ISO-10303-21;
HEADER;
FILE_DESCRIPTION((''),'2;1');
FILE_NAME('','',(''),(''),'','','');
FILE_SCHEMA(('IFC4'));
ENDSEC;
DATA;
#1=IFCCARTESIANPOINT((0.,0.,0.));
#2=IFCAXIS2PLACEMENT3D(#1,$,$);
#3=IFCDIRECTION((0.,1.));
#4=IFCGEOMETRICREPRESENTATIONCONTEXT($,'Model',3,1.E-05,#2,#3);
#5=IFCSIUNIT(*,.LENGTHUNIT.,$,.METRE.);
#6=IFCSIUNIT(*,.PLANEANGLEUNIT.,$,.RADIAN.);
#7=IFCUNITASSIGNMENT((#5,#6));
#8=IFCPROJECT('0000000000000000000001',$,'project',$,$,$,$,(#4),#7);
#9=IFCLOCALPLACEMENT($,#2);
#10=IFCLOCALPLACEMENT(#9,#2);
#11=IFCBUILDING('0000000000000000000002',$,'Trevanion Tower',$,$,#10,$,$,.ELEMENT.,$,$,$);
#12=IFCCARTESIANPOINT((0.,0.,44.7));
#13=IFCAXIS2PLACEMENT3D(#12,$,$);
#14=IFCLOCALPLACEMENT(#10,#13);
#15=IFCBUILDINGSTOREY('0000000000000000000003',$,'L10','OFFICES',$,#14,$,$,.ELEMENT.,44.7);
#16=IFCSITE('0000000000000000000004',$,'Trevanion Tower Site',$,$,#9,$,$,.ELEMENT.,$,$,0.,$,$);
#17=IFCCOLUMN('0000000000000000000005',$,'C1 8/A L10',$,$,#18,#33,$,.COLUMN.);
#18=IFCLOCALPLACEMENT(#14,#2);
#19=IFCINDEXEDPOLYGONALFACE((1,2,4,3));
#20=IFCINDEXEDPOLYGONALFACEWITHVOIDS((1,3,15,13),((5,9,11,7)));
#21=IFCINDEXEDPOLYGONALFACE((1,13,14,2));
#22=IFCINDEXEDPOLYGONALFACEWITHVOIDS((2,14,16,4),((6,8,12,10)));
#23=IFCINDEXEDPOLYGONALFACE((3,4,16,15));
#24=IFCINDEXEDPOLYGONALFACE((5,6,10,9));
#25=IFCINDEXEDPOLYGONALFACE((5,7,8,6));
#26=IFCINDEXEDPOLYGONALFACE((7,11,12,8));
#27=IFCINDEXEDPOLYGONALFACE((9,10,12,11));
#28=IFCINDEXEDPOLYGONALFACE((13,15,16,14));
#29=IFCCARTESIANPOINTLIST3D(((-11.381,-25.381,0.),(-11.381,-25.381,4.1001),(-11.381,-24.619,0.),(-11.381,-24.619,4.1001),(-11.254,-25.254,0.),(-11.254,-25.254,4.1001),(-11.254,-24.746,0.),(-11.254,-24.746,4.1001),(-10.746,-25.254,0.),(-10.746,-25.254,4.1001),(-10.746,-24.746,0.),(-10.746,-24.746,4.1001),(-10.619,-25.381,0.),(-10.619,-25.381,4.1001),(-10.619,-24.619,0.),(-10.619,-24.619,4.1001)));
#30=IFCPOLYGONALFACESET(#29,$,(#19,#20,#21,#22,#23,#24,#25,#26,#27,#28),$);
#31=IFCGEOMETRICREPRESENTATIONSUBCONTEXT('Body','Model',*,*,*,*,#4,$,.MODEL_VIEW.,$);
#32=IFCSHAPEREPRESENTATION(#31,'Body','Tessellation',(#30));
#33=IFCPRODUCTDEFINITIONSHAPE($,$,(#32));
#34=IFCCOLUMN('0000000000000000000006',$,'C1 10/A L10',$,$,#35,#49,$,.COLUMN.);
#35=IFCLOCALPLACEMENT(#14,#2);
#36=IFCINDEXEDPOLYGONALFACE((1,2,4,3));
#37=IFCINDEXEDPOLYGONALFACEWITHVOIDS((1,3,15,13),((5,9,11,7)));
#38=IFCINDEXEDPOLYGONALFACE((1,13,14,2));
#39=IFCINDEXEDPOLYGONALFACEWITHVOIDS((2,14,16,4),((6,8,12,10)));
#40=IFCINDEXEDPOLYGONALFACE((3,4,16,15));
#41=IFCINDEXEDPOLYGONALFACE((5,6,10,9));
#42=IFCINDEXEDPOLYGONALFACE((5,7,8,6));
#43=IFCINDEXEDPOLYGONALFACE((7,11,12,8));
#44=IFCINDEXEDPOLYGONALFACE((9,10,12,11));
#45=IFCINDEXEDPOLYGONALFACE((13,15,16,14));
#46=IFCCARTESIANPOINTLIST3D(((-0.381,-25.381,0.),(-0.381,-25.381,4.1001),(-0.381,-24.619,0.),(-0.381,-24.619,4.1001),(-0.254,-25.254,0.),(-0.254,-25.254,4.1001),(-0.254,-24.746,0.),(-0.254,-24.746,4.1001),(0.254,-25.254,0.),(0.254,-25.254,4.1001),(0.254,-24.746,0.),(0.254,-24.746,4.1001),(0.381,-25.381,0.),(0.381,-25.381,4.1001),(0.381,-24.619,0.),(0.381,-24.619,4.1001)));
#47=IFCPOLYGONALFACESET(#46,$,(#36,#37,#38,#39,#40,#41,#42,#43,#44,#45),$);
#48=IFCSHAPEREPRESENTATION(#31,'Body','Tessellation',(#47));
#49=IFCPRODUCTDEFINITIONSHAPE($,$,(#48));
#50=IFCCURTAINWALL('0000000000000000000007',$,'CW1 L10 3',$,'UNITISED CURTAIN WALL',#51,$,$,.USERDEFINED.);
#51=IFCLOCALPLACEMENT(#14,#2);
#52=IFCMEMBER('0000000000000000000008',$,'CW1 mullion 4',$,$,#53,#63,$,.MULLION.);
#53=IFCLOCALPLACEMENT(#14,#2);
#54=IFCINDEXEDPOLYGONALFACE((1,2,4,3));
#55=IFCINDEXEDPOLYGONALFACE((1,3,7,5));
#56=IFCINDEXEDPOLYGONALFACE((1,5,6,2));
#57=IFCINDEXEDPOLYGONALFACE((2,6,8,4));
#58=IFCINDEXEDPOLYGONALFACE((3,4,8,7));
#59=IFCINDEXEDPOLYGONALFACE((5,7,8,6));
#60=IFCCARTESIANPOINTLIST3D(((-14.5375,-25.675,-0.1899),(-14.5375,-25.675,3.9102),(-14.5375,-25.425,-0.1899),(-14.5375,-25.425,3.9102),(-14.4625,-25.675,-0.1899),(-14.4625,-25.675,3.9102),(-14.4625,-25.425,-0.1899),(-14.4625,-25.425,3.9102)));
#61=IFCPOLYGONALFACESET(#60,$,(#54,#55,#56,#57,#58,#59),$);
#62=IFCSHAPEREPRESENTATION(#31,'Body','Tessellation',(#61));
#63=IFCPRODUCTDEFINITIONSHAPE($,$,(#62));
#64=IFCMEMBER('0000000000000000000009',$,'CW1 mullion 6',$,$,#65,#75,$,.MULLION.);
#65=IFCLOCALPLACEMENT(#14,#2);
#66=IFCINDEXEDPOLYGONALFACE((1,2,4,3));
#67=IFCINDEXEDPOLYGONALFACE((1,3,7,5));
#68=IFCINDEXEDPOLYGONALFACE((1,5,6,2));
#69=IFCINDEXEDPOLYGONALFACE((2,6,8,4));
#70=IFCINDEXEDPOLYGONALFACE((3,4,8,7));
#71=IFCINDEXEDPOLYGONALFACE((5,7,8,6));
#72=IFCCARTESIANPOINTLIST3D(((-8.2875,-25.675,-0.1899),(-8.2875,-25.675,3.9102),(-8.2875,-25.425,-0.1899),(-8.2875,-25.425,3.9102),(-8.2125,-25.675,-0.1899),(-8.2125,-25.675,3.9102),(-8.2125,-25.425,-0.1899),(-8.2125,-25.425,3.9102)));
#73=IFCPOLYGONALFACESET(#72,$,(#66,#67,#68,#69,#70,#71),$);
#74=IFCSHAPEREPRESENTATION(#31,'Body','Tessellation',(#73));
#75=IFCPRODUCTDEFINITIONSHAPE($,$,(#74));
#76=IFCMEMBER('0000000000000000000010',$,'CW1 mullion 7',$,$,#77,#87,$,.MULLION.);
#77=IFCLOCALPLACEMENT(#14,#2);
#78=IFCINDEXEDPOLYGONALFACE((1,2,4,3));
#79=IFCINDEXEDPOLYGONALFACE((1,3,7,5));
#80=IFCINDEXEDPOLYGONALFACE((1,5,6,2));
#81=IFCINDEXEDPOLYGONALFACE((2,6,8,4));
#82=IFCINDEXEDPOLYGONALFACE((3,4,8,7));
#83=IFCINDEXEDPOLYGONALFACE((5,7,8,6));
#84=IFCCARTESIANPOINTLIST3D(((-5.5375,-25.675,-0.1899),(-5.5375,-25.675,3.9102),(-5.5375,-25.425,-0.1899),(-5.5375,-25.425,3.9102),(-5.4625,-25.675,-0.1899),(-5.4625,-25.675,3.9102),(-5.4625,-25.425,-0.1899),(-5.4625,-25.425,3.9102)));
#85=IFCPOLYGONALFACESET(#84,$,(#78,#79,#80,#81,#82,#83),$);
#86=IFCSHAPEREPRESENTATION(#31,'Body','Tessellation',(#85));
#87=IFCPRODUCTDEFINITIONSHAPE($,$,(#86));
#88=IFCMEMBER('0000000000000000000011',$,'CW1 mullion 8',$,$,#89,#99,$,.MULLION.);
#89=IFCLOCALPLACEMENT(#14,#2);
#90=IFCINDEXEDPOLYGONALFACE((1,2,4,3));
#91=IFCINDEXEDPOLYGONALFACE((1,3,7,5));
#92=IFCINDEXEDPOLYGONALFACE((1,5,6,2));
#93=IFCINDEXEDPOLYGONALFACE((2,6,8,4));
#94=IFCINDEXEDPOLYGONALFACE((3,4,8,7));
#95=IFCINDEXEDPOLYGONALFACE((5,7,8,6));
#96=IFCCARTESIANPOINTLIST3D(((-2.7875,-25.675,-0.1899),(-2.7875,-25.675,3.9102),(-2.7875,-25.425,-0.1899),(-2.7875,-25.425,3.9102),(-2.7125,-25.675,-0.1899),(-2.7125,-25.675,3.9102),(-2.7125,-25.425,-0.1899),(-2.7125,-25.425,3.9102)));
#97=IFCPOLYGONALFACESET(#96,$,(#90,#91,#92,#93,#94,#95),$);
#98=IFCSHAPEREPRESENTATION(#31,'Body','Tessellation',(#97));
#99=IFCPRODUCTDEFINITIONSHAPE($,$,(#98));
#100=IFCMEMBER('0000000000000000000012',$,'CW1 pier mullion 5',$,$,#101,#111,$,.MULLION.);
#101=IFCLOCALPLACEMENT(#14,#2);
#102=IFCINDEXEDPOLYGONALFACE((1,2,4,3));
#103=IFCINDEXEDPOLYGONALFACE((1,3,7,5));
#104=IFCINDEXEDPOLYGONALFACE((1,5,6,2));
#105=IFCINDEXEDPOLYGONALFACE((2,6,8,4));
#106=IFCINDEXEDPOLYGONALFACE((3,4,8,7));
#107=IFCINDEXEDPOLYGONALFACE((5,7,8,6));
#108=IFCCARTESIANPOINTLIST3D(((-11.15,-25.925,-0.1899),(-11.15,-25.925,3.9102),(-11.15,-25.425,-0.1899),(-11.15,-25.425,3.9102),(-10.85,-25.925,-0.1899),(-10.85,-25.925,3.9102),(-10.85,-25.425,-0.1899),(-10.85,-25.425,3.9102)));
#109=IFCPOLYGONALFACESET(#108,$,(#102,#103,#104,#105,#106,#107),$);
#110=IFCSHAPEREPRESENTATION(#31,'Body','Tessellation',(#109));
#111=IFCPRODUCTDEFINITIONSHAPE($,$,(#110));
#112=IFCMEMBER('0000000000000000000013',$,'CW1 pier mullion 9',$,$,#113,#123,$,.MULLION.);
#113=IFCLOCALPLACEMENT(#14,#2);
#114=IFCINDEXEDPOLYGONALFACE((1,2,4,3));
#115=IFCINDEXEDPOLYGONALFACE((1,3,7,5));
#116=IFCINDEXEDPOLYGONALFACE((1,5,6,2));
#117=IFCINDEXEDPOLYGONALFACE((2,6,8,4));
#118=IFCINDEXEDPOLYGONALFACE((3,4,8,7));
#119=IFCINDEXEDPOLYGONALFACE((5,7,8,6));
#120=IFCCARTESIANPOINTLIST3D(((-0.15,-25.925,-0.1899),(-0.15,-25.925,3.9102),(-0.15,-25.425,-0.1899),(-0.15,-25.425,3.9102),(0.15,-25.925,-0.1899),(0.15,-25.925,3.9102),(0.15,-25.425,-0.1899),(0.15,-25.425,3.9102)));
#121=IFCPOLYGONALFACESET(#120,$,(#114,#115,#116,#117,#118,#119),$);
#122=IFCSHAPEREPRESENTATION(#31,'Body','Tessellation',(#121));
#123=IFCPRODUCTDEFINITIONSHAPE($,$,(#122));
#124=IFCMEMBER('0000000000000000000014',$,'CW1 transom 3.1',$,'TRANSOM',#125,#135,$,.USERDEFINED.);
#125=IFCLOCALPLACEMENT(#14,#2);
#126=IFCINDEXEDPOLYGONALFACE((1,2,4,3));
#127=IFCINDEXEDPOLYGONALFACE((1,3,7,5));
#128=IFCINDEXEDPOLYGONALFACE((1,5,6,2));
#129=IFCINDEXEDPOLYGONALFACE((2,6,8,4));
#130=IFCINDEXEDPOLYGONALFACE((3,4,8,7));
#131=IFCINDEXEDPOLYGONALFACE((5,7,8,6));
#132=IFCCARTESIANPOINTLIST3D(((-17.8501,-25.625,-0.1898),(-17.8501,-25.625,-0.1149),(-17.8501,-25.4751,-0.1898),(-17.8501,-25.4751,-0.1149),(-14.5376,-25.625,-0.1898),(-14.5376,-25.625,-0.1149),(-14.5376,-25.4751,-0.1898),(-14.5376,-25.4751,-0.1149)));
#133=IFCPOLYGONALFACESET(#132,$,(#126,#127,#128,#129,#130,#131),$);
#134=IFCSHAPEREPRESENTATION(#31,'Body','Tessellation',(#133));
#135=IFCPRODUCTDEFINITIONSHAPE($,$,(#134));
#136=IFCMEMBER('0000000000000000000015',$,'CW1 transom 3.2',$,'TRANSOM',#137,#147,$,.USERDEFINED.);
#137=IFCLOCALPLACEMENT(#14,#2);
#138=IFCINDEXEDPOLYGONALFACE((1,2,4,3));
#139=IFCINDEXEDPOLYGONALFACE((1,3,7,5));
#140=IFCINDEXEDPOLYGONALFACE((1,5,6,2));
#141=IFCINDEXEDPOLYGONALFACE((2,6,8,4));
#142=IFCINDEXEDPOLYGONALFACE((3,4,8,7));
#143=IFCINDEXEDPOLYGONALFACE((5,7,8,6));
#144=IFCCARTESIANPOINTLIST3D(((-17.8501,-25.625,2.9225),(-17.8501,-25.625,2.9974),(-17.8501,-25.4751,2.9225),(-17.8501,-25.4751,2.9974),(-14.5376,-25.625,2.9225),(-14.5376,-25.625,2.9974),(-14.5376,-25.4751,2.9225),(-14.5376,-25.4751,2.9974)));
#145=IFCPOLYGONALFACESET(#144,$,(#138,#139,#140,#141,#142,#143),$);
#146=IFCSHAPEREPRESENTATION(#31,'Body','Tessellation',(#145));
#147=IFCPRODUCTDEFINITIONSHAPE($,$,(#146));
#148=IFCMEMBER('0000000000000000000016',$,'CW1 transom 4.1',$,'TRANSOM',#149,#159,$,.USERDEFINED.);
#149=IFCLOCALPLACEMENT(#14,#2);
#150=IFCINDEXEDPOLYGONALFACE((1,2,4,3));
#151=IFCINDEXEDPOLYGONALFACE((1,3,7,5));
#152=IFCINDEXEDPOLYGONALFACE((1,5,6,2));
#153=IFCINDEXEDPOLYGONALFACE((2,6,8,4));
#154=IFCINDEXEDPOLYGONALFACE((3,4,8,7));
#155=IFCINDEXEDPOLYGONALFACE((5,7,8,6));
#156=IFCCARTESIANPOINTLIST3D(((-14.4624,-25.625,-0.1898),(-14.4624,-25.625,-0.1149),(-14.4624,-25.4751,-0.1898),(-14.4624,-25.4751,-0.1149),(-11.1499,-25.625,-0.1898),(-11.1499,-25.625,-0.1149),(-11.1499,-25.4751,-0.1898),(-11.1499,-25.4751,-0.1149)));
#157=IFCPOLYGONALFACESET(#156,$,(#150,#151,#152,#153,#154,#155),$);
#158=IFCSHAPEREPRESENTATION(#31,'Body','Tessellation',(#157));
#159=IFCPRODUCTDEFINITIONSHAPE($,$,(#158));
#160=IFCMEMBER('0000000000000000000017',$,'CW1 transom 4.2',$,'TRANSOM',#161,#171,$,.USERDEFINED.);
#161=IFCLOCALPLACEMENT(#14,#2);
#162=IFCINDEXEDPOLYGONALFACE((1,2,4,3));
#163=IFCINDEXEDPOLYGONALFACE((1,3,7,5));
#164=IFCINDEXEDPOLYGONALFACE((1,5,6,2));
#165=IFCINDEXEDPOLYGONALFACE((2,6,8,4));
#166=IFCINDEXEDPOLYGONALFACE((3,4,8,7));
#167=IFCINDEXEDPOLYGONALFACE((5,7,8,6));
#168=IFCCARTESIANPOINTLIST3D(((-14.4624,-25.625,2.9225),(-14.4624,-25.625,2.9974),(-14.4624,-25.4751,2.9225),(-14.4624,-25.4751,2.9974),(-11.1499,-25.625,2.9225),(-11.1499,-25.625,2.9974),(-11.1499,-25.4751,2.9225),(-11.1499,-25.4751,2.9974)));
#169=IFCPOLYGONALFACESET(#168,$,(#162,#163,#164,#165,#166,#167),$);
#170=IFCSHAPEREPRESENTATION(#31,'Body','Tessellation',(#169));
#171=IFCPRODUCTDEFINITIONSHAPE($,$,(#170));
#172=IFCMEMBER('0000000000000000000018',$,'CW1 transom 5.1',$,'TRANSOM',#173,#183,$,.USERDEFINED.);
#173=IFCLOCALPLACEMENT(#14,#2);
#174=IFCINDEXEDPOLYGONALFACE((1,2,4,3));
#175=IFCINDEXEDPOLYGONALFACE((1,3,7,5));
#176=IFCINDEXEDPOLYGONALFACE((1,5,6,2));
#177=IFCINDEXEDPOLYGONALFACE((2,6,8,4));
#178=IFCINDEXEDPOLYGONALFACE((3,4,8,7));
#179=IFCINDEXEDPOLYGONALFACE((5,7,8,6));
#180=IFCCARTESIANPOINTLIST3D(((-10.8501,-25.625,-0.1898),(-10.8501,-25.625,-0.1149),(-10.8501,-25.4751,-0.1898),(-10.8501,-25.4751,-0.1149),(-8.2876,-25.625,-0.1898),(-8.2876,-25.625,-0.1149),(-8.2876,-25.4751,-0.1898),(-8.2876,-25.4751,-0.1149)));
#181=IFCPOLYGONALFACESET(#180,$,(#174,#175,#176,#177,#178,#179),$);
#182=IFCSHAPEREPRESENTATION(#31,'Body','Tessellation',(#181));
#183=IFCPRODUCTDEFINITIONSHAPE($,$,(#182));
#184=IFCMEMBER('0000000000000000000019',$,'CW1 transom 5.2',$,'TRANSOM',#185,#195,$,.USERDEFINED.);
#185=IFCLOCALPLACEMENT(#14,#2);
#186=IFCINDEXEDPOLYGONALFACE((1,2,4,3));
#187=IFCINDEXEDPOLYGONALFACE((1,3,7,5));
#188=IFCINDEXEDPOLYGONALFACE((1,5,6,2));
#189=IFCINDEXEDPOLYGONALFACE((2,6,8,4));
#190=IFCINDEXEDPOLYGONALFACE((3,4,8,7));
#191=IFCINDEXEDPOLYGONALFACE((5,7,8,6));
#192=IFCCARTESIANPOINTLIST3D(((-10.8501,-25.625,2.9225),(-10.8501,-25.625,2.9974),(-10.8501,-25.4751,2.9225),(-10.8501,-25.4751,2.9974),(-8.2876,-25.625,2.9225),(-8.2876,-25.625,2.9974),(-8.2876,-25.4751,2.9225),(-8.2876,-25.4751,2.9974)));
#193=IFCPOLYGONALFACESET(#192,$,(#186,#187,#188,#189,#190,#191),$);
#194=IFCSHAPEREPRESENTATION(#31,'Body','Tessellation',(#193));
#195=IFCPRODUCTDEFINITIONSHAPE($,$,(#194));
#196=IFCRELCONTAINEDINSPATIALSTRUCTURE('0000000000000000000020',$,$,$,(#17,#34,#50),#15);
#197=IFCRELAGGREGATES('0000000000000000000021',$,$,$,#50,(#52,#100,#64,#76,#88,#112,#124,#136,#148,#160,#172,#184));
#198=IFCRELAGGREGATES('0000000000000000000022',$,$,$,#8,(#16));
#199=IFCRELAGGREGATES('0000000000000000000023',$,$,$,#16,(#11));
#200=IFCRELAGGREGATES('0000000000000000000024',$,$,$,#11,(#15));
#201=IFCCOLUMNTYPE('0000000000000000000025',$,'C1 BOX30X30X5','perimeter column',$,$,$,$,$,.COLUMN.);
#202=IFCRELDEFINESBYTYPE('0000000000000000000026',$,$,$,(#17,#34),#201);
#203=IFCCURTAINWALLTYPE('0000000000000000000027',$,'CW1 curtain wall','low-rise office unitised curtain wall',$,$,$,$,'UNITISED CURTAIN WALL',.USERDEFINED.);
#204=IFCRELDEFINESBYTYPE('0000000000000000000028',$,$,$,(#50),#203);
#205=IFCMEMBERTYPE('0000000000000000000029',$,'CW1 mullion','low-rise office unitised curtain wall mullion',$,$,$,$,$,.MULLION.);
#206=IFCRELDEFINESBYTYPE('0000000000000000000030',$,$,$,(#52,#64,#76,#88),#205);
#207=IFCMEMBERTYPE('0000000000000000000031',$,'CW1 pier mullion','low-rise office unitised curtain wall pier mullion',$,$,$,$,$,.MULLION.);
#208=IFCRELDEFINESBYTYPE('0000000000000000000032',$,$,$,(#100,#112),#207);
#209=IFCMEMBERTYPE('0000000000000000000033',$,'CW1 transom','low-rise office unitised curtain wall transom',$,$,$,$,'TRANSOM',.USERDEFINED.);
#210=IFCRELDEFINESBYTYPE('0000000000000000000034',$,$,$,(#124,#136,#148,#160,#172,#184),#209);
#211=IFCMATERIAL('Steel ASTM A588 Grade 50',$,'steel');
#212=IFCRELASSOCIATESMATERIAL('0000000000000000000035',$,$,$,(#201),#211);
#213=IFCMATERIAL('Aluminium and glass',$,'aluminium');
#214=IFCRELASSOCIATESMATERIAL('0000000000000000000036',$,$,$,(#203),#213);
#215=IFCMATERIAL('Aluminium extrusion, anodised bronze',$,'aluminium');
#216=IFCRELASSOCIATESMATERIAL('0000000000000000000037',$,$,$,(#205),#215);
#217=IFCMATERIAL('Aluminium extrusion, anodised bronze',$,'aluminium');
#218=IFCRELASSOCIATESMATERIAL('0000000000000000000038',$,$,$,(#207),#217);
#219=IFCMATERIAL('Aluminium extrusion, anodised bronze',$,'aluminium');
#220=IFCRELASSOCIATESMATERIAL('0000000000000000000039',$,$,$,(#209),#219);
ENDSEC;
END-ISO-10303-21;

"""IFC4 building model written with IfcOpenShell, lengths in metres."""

from ifc_helpers import new_model, si_unit, direction, frame, origin, origin_2d, place, context, subcontext, project, spatial, rectangle, hollow_rectangle, extrude, material, material_profile, profile_set, type_object, element, aggregate, save


model = new_model("IFC4")

# Units and contexts
model_context = context("Model", 3, precision=1e-05, world=origin(), true_north=direction((0.0, 1.0)))
body_context = subcontext(model_context, "Body", "Model", "MODEL_VIEW")
ifc_project = project(units=[si_unit("LENGTHUNIT", "METRE"), si_unit("PLANEANGLEUNIT", "RADIAN")], contexts=[model_context])

# Site, building, storey
site_placement = place(None, origin())
site = spatial("IfcSite", under=ifc_project, at=site_placement, Name="Trevanion Tower Site", CompositionType="ELEMENT", RefElevation=0.0)
building_placement = place(site_placement, origin())
building = spatial("IfcBuilding", under=site, at=building_placement, Name="Trevanion Tower", CompositionType="ELEMENT")
storey_placement = place(building_placement, frame((0.0, 0.0, 44.7)))
storey = spatial("IfcBuildingStorey", under=building, at=storey_placement, Name="L10", Description="OFFICES", CompositionType="ELEMENT", Elevation=44.7)

# Columns
ifc_material_1 = material(Name="Steel ASTM A588 Grade 50", Category="steel")
ifc_material_profile_1 = material_profile(ifc_material_1, hollow_rectangle(XDim=0.762, YDim=0.762, WallThickness=0.127, at=origin_2d()), Name="BOX30X30X5")
ifc_profile_set_1 = profile_set([ifc_material_profile_1], Name="Steel ASTM A588 Grade 50")
column_type = type_object("IfcColumnType", Name="C1 BOX30X30X5", Description="perimeter column", PredefinedType="COLUMN", material=ifc_profile_set_1)
for number, where, z_axis, x_axis, name in (
    (1, (-11.0, -25.0, 0.0), (0.0, 0.0, 1.0), (1.0, 0.0, 0.0), "C1 8/A L10"),
    (2, (0.0, -25.0, 0.0), (0.0, 0.0, 1.0), (1.0, 0.0, 0.0), "C1 10/A L10"),
):
    element("IfcColumn", number, at=place(storey_placement, frame(where, z_axis=z_axis, x_axis=x_axis)), inside=storey, type_object=column_type, Name=name, PredefinedType="COLUMN", context=body_context, shape_type="SweptSolid", body=[
        extrude(hollow_rectangle(XDim=0.762, YDim=0.762, WallThickness=0.127, at=origin_2d()), origin(), (0.0, 0.0, 1.0), 4.1001),
    ])

# Curtain wall, members
ifc_material_2 = material(Name="Aluminium and glass", Category="aluminium")
curtain_wall_type = type_object("IfcCurtainWallType", Name="CW1 curtain wall", Description="low-rise office unitised curtain wall", ElementType="UNITISED CURTAIN WALL", PredefinedType="USERDEFINED", material=ifc_material_2)
curtain_wall_placement = place(storey_placement, origin())
curtain_wall = element("IfcCurtainWall", 3, at=curtain_wall_placement, inside=storey, type_object=curtain_wall_type, Name="CW1 L10 3", ObjectType="UNITISED CURTAIN WALL", PredefinedType="USERDEFINED")
ifc_material_3 = material(Name="Aluminium extrusion, anodised bronze", Category="aluminium")
ifc_material_profile_2 = material_profile(ifc_material_3, rectangle(XDim=0.075, YDim=0.25, at=origin_2d()), Name="CW1 mullion")
ifc_profile_set_2 = profile_set([ifc_material_profile_2], Name="Aluminium extrusion, anodised bronze")
member_type_1 = type_object("IfcMemberType", Name="CW1 mullion", Description="low-rise office unitised curtain wall mullion", PredefinedType="MULLION", material=ifc_profile_set_2)
member_1_placement = place(storey_placement, frame((-14.5, -25.55, -0.1899), z_axis=(0.0, 0.0, 1.0), x_axis=(1.0, 0.0, 0.0)))
member_1 = element("IfcMember", 4, at=member_1_placement, type_object=member_type_1, Name="CW1 mullion 4", PredefinedType="MULLION", context=body_context, shape_type="SweptSolid", body=[
    extrude(rectangle(XDim=0.075, YDim=0.25, at=origin_2d()), origin(), (0.0, 0.0, 1.0), 4.1001),
])
member_2_placement = place(storey_placement, frame((-8.25, -25.55, -0.1899), z_axis=(0.0, 0.0, 1.0), x_axis=(1.0, 0.0, 0.0)))
member_2 = element("IfcMember", 5, at=member_2_placement, type_object=member_type_1, Name="CW1 mullion 6", PredefinedType="MULLION", context=body_context, shape_type="SweptSolid", body=[
    extrude(rectangle(XDim=0.075, YDim=0.25, at=origin_2d()), origin(), (0.0, 0.0, 1.0), 4.1001),
])
member_3_placement = place(storey_placement, frame((-5.5, -25.55, -0.1899), z_axis=(0.0, 0.0, 1.0), x_axis=(1.0, 0.0, 0.0)))
member_3 = element("IfcMember", 6, at=member_3_placement, type_object=member_type_1, Name="CW1 mullion 7", PredefinedType="MULLION", context=body_context, shape_type="SweptSolid", body=[
    extrude(rectangle(XDim=0.075, YDim=0.25, at=origin_2d()), origin(), (0.0, 0.0, 1.0), 4.1001),
])
member_4_placement = place(storey_placement, frame((-2.75, -25.55, -0.1899), z_axis=(0.0, 0.0, 1.0), x_axis=(1.0, 0.0, 0.0)))
member_4 = element("IfcMember", 7, at=member_4_placement, type_object=member_type_1, Name="CW1 mullion 8", PredefinedType="MULLION", context=body_context, shape_type="SweptSolid", body=[
    extrude(rectangle(XDim=0.075, YDim=0.25, at=origin_2d()), origin(), (0.0, 0.0, 1.0), 4.1001),
])
ifc_material_4 = material(Name="Aluminium extrusion, anodised bronze", Category="aluminium")
ifc_material_profile_3 = material_profile(ifc_material_4, rectangle(XDim=0.3, YDim=0.5, at=origin_2d()), Name="CW1 pier mullion")
ifc_profile_set_3 = profile_set([ifc_material_profile_3], Name="Aluminium extrusion, anodised bronze")
member_type_2 = type_object("IfcMemberType", Name="CW1 pier mullion", Description="low-rise office unitised curtain wall pier mullion", PredefinedType="MULLION", material=ifc_profile_set_3)
member_5_placement = place(storey_placement, frame((-11.0, -25.675, -0.1899), z_axis=(0.0, 0.0, 1.0), x_axis=(1.0, 0.0, 0.0)))
member_5 = element("IfcMember", 8, at=member_5_placement, type_object=member_type_2, Name="CW1 pier mullion 5", PredefinedType="MULLION", context=body_context, shape_type="SweptSolid", body=[
    extrude(rectangle(XDim=0.3, YDim=0.5, at=origin_2d()), origin(), (0.0, 0.0, 1.0), 4.1001),
])
member_6_placement = place(storey_placement, frame((0.0, -25.675, -0.1899), z_axis=(0.0, 0.0, 1.0), x_axis=(1.0, 0.0, 0.0)))
member_6 = element("IfcMember", 9, at=member_6_placement, type_object=member_type_2, Name="CW1 pier mullion 9", PredefinedType="MULLION", context=body_context, shape_type="SweptSolid", body=[
    extrude(rectangle(XDim=0.3, YDim=0.5, at=origin_2d()), origin(), (0.0, 0.0, 1.0), 4.1001),
])
ifc_material_5 = material(Name="Aluminium extrusion, anodised bronze", Category="aluminium")
ifc_material_profile_4 = material_profile(ifc_material_5, rectangle(XDim=0.1499, YDim=0.075, at=origin_2d()), Name="CW1 transom")
ifc_profile_set_4 = profile_set([ifc_material_profile_4], Name="Aluminium extrusion, anodised bronze")
member_type_3 = type_object("IfcMemberType", Name="CW1 transom", Description="low-rise office unitised curtain wall transom", ElementType="TRANSOM", PredefinedType="USERDEFINED", material=ifc_profile_set_4)
member_7_placement = place(storey_placement, frame((-17.8501, -25.55, -0.1523), z_axis=(1.0, 0.0, 0.0), x_axis=(0.0, 1.0, 0.0)))
member_7 = element("IfcMember", 10, at=member_7_placement, type_object=member_type_3, Name="CW1 transom 3.1", ObjectType="TRANSOM", PredefinedType="USERDEFINED", context=body_context, shape_type="SweptSolid", body=[
    extrude(rectangle(XDim=0.1499, YDim=0.075, at=origin_2d()), origin(), (0.0, 0.0, 1.0), 3.3125),
])
member_8_placement = place(storey_placement, frame((-17.8501, -25.55, 2.96), z_axis=(1.0, 0.0, 0.0), x_axis=(0.0, 1.0, 0.0)))
member_8 = element("IfcMember", 11, at=member_8_placement, type_object=member_type_3, Name="CW1 transom 3.2", ObjectType="TRANSOM", PredefinedType="USERDEFINED", context=body_context, shape_type="SweptSolid", body=[
    extrude(rectangle(XDim=0.1499, YDim=0.075, at=origin_2d()), origin(), (0.0, 0.0, 1.0), 3.3125),
])
member_9_placement = place(storey_placement, frame((-14.4624, -25.55, -0.1523), z_axis=(1.0, 0.0, 0.0), x_axis=(0.0, 1.0, 0.0)))
member_9 = element("IfcMember", 12, at=member_9_placement, type_object=member_type_3, Name="CW1 transom 4.1", ObjectType="TRANSOM", PredefinedType="USERDEFINED", context=body_context, shape_type="SweptSolid", body=[
    extrude(rectangle(XDim=0.1499, YDim=0.075, at=origin_2d()), origin(), (0.0, 0.0, 1.0), 3.3125),
])
member_10_placement = place(storey_placement, frame((-14.4624, -25.55, 2.96), z_axis=(1.0, 0.0, 0.0), x_axis=(0.0, 1.0, 0.0)))
member_10 = element("IfcMember", 13, at=member_10_placement, type_object=member_type_3, Name="CW1 transom 4.2", ObjectType="TRANSOM", PredefinedType="USERDEFINED", context=body_context, shape_type="SweptSolid", body=[
    extrude(rectangle(XDim=0.1499, YDim=0.075, at=origin_2d()), origin(), (0.0, 0.0, 1.0), 3.3125),
])
member_11_placement = place(storey_placement, frame((-10.8501, -25.55, -0.1523), z_axis=(1.0, 0.0, 0.0), x_axis=(0.0, 1.0, 0.0)))
member_11 = element("IfcMember", 14, at=member_11_placement, type_object=member_type_3, Name="CW1 transom 5.1", ObjectType="TRANSOM", PredefinedType="USERDEFINED", context=body_context, shape_type="SweptSolid", body=[
    extrude(rectangle(XDim=0.1499, YDim=0.075, at=origin_2d()), origin(), (0.0, 0.0, 1.0), 2.5625),
])
member_12_placement = place(storey_placement, frame((-10.8501, -25.55, 2.96), z_axis=(1.0, 0.0, 0.0), x_axis=(0.0, 1.0, 0.0)))
member_12 = element("IfcMember", 15, at=member_12_placement, type_object=member_type_3, Name="CW1 transom 5.2", ObjectType="TRANSOM", PredefinedType="USERDEFINED", context=body_context, shape_type="SweptSolid", body=[
    extrude(rectangle(XDim=0.1499, YDim=0.075, at=origin_2d()), origin(), (0.0, 0.0, 1.0), 2.5625),
])

aggregate(curtain_wall, [member_1, member_5, member_2, member_3, member_4, member_6, member_7, member_8, member_9, member_10, member_11, member_12])

save(model, "model.ifc")
